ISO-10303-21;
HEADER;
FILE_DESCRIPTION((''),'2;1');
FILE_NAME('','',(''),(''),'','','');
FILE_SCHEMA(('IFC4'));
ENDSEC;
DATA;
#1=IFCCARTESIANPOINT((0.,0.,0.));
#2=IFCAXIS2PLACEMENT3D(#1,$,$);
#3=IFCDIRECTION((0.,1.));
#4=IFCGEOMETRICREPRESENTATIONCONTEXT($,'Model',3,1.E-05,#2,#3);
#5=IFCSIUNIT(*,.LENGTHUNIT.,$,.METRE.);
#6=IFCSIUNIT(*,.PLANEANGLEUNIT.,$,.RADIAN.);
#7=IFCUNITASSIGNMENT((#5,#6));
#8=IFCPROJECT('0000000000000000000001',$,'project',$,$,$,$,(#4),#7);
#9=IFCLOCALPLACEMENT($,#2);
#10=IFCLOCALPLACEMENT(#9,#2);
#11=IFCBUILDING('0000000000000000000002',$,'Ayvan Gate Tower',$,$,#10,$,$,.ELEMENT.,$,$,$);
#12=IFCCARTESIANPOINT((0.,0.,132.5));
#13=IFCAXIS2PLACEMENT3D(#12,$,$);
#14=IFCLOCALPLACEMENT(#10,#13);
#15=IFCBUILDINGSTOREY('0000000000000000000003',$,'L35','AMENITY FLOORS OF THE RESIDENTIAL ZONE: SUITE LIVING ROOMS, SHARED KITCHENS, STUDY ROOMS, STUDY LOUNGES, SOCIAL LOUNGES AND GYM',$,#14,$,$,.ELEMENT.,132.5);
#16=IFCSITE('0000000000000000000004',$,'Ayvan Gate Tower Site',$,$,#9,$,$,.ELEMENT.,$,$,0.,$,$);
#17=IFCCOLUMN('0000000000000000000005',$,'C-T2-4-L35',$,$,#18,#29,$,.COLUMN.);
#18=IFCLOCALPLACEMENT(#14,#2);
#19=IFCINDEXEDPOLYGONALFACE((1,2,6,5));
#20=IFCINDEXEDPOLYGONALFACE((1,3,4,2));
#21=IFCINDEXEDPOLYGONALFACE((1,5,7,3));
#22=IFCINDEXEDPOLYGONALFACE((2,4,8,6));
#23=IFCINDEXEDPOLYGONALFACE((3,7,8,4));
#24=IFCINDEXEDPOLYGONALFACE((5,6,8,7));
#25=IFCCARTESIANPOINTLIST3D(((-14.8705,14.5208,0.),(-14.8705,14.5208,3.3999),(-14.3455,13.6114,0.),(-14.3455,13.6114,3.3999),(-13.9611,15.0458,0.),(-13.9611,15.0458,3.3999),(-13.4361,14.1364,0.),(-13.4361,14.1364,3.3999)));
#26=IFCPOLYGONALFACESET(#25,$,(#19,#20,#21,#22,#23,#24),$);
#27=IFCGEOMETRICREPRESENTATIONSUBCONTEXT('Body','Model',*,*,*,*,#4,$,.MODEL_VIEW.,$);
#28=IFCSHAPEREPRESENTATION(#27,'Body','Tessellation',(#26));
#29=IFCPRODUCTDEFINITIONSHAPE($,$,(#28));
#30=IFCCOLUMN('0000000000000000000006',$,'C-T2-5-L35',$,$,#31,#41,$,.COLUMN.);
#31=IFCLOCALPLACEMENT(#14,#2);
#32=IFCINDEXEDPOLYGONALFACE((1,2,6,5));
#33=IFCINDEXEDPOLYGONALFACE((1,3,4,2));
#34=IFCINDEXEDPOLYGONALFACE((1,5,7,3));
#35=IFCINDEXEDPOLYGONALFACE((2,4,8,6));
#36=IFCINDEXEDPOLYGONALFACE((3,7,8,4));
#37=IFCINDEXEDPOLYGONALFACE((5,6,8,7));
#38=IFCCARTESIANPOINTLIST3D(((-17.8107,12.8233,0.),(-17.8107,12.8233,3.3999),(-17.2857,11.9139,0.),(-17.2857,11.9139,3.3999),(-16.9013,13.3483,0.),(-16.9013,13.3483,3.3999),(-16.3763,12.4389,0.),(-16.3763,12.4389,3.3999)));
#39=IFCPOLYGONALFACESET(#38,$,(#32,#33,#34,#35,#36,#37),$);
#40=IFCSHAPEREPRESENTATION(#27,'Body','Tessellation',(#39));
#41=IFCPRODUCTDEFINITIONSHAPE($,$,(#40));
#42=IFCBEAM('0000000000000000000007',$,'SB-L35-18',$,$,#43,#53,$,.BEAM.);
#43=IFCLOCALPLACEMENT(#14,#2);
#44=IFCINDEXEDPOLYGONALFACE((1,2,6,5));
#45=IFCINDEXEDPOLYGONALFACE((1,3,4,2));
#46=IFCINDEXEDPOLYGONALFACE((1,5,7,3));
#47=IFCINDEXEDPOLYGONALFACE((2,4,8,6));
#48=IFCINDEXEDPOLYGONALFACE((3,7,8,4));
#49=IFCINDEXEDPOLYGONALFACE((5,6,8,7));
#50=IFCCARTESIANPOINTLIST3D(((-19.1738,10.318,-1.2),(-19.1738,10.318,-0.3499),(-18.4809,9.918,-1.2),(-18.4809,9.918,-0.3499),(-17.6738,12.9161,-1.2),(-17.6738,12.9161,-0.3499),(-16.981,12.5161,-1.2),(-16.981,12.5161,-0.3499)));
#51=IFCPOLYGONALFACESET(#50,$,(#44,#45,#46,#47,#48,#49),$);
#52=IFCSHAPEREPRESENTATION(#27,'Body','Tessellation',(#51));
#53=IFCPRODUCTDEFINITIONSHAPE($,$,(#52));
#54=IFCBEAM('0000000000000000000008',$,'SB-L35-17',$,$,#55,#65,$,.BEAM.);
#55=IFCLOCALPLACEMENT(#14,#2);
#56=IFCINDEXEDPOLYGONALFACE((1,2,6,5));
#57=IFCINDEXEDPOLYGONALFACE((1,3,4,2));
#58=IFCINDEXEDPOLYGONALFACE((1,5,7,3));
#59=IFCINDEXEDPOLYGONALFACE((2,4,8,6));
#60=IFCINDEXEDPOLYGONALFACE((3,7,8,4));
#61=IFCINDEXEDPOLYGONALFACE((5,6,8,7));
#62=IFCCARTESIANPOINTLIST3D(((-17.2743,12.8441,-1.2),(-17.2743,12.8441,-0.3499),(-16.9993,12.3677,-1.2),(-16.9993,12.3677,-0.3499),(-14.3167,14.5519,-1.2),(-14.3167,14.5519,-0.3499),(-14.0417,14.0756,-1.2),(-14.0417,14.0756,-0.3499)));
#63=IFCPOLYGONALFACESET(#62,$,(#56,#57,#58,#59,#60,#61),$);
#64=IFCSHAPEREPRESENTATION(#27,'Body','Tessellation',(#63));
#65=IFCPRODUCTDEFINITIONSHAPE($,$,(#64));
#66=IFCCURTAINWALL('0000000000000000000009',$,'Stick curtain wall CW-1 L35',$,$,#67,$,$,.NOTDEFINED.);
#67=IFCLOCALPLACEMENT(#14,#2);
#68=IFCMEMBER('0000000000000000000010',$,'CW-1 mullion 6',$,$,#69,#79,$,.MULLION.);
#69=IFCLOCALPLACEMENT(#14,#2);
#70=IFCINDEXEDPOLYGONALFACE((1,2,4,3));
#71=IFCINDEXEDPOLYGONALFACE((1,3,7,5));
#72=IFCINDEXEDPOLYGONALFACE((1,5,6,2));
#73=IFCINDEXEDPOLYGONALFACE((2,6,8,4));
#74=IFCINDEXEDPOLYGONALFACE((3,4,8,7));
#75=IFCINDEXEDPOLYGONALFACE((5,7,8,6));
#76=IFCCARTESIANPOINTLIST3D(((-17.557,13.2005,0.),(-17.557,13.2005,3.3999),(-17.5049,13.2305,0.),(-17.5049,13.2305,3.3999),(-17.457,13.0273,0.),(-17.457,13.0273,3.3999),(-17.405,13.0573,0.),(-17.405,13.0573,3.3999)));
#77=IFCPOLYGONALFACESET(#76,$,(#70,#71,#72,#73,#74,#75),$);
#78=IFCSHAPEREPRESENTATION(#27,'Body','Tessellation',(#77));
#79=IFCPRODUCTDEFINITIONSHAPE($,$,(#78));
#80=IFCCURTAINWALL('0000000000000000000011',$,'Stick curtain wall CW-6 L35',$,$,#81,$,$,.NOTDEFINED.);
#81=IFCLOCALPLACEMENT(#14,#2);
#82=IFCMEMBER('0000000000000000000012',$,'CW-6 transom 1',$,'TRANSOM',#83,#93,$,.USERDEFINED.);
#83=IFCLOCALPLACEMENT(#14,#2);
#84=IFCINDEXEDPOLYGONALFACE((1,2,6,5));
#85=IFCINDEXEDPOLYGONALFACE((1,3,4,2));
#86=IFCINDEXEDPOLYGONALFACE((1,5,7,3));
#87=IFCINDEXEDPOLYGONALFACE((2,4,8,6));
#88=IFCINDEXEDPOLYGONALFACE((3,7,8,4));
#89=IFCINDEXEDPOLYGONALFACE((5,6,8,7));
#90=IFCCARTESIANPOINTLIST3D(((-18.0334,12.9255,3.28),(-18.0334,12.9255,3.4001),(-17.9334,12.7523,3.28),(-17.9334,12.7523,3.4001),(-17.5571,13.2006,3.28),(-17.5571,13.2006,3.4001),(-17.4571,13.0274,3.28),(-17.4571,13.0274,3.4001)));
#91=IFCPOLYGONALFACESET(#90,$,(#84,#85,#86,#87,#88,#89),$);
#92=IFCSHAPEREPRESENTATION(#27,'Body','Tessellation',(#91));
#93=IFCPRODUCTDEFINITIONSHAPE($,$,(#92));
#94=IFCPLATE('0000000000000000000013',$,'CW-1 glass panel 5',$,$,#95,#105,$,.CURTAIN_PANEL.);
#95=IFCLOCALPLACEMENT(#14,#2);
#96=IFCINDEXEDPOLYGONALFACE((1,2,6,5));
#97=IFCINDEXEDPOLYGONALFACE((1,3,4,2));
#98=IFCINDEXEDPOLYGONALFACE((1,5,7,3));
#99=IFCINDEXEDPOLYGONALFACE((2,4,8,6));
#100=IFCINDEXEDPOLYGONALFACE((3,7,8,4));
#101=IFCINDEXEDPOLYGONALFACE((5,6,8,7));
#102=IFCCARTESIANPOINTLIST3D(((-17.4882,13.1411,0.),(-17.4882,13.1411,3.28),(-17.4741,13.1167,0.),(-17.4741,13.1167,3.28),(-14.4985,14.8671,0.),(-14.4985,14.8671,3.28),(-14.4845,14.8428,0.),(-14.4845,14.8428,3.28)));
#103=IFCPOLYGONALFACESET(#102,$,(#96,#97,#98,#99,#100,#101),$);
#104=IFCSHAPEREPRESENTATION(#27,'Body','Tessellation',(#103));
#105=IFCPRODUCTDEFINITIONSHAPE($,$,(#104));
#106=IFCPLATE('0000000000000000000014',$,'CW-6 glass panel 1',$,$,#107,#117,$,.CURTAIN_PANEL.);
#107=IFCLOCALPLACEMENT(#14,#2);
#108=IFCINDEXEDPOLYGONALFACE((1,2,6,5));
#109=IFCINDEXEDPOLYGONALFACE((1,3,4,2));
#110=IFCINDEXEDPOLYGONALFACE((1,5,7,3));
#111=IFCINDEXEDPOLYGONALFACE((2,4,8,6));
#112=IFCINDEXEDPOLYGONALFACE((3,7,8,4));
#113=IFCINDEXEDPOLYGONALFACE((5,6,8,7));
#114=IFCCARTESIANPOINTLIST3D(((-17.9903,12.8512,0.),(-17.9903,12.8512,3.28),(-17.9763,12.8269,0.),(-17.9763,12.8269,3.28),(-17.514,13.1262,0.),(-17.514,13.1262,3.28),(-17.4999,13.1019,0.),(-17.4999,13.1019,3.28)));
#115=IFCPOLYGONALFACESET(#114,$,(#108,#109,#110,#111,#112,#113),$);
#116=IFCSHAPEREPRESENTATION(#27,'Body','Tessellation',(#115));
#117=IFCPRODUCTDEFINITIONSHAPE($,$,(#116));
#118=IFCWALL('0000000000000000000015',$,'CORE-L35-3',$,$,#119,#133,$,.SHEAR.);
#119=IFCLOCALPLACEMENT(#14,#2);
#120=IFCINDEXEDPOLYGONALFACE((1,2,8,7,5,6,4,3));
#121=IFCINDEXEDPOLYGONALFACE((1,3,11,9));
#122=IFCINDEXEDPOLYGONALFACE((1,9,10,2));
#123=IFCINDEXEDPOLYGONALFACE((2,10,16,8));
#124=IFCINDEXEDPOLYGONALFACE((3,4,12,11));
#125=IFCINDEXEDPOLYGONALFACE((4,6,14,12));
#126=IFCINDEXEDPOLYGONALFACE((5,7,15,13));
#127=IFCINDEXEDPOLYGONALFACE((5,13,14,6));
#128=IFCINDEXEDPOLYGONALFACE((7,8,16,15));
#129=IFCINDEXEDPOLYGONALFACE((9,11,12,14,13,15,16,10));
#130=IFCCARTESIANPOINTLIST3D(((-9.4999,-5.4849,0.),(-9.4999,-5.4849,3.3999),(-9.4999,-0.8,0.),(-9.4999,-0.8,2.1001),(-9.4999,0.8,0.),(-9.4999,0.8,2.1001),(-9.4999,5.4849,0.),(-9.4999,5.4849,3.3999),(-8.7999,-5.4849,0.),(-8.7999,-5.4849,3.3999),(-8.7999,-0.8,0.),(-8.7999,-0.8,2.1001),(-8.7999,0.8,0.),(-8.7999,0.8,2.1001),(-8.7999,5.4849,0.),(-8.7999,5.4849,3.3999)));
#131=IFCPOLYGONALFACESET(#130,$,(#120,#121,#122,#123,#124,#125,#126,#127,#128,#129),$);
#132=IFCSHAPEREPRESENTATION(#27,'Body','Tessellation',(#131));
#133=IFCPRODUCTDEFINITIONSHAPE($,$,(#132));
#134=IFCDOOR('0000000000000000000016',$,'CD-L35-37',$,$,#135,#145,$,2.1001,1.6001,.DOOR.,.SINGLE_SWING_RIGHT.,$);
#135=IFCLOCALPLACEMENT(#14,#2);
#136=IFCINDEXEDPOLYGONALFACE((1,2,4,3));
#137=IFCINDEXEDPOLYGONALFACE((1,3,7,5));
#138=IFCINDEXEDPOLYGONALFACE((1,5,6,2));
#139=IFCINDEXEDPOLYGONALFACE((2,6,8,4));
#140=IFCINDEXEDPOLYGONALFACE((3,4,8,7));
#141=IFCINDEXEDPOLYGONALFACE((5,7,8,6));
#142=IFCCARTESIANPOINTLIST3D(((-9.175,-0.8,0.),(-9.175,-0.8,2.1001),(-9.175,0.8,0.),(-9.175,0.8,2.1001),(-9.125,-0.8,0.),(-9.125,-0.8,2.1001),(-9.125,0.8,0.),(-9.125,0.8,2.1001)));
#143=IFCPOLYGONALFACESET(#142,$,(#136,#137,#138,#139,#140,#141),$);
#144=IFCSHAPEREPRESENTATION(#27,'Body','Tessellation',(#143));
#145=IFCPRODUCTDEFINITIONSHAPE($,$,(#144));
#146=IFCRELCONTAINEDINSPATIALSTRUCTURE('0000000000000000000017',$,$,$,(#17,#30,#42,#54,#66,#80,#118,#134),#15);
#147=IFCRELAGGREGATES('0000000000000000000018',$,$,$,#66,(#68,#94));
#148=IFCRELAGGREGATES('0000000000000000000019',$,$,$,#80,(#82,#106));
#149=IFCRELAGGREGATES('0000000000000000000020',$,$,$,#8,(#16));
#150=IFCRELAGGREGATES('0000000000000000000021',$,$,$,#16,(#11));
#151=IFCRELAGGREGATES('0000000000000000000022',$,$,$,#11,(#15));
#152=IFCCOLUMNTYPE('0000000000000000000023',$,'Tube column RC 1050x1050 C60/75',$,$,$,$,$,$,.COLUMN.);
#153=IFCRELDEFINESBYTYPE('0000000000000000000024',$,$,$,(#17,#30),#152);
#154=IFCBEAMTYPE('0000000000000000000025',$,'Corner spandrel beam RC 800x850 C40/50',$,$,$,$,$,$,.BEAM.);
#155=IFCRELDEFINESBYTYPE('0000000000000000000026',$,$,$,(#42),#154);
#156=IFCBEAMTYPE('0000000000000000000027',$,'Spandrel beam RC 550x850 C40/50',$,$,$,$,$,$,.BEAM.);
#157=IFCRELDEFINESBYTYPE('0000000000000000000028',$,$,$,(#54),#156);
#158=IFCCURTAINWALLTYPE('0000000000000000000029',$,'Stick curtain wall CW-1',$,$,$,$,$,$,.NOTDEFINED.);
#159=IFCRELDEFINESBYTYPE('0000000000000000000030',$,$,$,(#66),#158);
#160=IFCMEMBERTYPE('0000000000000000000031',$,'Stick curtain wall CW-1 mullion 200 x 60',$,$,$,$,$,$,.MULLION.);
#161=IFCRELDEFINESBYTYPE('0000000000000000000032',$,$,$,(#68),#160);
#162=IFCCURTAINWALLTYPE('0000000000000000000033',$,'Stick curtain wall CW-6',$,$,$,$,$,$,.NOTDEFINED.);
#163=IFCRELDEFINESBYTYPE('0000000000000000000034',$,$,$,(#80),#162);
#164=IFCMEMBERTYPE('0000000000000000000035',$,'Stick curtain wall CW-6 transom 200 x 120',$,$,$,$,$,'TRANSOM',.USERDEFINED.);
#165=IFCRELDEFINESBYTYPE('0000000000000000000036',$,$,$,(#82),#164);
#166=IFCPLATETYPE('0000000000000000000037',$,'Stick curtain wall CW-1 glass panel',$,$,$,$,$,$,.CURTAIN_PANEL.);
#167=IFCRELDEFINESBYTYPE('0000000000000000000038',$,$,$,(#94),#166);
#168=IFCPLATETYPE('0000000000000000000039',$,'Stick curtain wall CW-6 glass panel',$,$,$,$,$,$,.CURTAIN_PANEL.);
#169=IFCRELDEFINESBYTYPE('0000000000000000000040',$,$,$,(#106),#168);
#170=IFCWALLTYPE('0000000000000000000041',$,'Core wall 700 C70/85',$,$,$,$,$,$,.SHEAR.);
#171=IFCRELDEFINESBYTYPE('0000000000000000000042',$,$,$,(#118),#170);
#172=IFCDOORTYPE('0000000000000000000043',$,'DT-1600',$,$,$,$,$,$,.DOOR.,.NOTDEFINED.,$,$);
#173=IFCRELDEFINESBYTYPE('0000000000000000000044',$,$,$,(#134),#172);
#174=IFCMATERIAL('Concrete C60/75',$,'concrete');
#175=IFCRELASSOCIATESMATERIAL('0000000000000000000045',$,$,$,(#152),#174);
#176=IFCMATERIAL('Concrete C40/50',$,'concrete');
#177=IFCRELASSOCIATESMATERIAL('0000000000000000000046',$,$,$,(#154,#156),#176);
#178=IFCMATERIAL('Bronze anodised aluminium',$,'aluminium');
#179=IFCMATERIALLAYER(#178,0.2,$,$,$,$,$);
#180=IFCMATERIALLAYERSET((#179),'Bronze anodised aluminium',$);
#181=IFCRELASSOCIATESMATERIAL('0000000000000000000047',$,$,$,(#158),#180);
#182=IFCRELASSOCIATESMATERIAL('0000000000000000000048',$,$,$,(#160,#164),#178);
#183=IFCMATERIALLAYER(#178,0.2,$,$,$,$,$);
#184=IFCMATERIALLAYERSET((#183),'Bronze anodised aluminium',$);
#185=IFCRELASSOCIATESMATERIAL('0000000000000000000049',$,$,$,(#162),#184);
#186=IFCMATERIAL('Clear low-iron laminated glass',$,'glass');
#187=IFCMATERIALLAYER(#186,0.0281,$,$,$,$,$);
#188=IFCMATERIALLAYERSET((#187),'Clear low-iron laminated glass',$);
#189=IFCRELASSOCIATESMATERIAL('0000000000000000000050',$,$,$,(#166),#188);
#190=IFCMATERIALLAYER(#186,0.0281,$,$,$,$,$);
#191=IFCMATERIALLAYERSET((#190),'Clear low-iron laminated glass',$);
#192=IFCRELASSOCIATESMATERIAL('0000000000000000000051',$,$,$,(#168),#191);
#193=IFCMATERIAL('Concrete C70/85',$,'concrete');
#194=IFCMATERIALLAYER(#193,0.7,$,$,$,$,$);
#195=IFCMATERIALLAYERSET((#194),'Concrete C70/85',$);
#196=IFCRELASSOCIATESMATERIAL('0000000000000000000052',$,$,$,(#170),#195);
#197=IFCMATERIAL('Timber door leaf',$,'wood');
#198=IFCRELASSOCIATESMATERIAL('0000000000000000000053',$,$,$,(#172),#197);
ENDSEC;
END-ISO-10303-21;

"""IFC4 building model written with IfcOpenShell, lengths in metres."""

from ifc_helpers import new_model, si_unit, direction, frame, frame_2d, origin, origin_2d, place, context, subcontext, project, spatial, rectangle, extrude, material, layer, layer_set, material_profile, profile_set, type_object, element, fill, aggregate, save


model = new_model("IFC4")

# Units and contexts
model_context = context("Model", 3, precision=1e-05, world=origin(), true_north=direction((0.0, 1.0)))
body_context = subcontext(model_context, "Body", "Model", "MODEL_VIEW")
ifc_project = project(units=[si_unit("LENGTHUNIT", "METRE"), si_unit("PLANEANGLEUNIT", "RADIAN")], contexts=[model_context])

# Site, building, storey
site_placement = place(None, origin())
site = spatial("IfcSite", under=ifc_project, at=site_placement, Name="Ayvan Gate Tower Site", CompositionType="ELEMENT", RefElevation=0.0)
building_placement = place(site_placement, origin())
building = spatial("IfcBuilding", under=site, at=building_placement, Name="Ayvan Gate Tower", CompositionType="ELEMENT")
storey_placement = place(building_placement, frame((0.0, 0.0, 132.5)))
storey = spatial("IfcBuildingStorey", under=building, at=storey_placement, Name="L35", Description="AMENITY FLOORS OF THE RESIDENTIAL ZONE: SUITE LIVING ROOMS, SHARED KITCHENS, STUDY ROOMS, STUDY LOUNGES, SOCIAL LOUNGES AND GYM", CompositionType="ELEMENT", Elevation=132.5)

# Columns
ifc_material_1 = material(Name="Concrete C60/75", Category="concrete")
ifc_material_profile_1 = material_profile(ifc_material_1, rectangle(XDim=1.05, YDim=1.05, at=origin_2d()), Name="RC 1050x1050")
ifc_profile_set_1 = profile_set([ifc_material_profile_1], Name="Concrete C60/75")
column_type = type_object("IfcColumnType", Name="Tube column RC 1050x1050 C60/75", PredefinedType="COLUMN", material=ifc_profile_set_1)
for number, where, z_axis, x_axis, name in (
    (1, (-14.1533, 14.3286, 0.0), (0.0, 0.0, 1.0), (-0.5, 0.866025, 0.0), "C-T2-4-L35"),
    (2, (-17.0935, 12.6311, 0.0), (0.0, 0.0, 1.0), (-0.5, 0.866025, 0.0), "C-T2-5-L35"),
):
    element("IfcColumn", number, at=place(storey_placement, frame(where, z_axis=z_axis, x_axis=x_axis)), inside=storey, type_object=column_type, Name=name, PredefinedType="COLUMN", context=body_context, shape_type="SweptSolid", body=[
        extrude(rectangle(XDim=1.05, YDim=1.05, at=origin_2d()), origin(), (0.0, 0.0, 1.0), 3.3999),
    ])

# Beams
ifc_material_2 = material(Name="Concrete C40/50", Category="concrete")
ifc_material_profile_2 = material_profile(ifc_material_2, rectangle(XDim=0.8, YDim=0.8501, at=origin_2d()), Name="RC 800x850")
ifc_profile_set_2 = profile_set([ifc_material_profile_2], Name="Concrete C40/50")
beam_type_1 = type_object("IfcBeamType", Name="Corner spandrel beam RC 800x850 C40/50", PredefinedType="BEAM", material=ifc_profile_set_2)
beam_1_placement = place(storey_placement, frame((-17.3274, 12.7161, -0.7749), z_axis=(-0.49999, -0.866031, 0.0), x_axis=(0.866031, -0.49999, 0.0)))
element("IfcBeam", 3, at=beam_1_placement, inside=storey, type_object=beam_type_1, Name="SB-L35-18", PredefinedType="BEAM", context=body_context, shape_type="SweptSolid", body=[
    extrude(rectangle(XDim=0.8, YDim=0.8501, at=origin_2d()), origin(), (0.0, 0.0, 1.0), 3.0),
])
ifc_material_profile_3 = material_profile(ifc_material_2, rectangle(XDim=0.55, YDim=0.8501, at=origin_2d()), Name="RC 550x850")
ifc_profile_set_3 = profile_set([ifc_material_profile_3], Name="Concrete C40/50")
beam_type_2 = type_object("IfcBeamType", Name="Spandrel beam RC 550x850 C40/50", PredefinedType="BEAM", material=ifc_profile_set_3)
beam_2_placement = place(storey_placement, frame((-14.1792, 14.3137, -0.7749), z_axis=(-0.865995, -0.500052, 0.0), x_axis=(0.500052, -0.865995, 0.0)))
element("IfcBeam", 4, at=beam_2_placement, inside=storey, type_object=beam_type_2, Name="SB-L35-17", PredefinedType="BEAM", context=body_context, shape_type="SweptSolid", body=[
    extrude(rectangle(XDim=0.55, YDim=0.8501, at=origin_2d()), origin(), (0.0, 0.0, 1.0), 3.4153),
])

# Curtain walls, members
ifc_material_3 = material(Name="Bronze anodised aluminium", Category="aluminium")
ifc_layer_1 = layer(ifc_material_3, 0.2)
ifc_layer_set_1 = layer_set([ifc_layer_1], Name="Bronze anodised aluminium")
curtain_wall_type_1 = type_object("IfcCurtainWallType", Name="Stick curtain wall CW-1", PredefinedType="NOTDEFINED", material=ifc_layer_set_1)
curtain_wall_1_placement = place(storey_placement, origin())
curtain_wall_1 = element("IfcCurtainWall", 5, at=curtain_wall_1_placement, inside=storey, type_object=curtain_wall_type_1, Name="Stick curtain wall CW-1 L35", PredefinedType="NOTDEFINED")
ifc_material_profile_4 = material_profile(ifc_material_3, rectangle(XDim=0.2, YDim=0.0601, at=origin_2d()), Name="Stick curtain wall CW-1 mullion 200 x 60")
ifc_profile_set_4 = profile_set([ifc_material_profile_4], Name="Bronze anodised aluminium")
member_type_1 = type_object("IfcMemberType", Name="Stick curtain wall CW-1 mullion 200 x 60", PredefinedType="MULLION", material=ifc_profile_set_4)
member_1_placement = place(storey_placement, frame((-17.481, 13.1289, 0.0), z_axis=(0.0, 0.0, 1.0), x_axis=(-0.5, 0.866025, 0.0)))
member_1 = element("IfcMember", 6, at=member_1_placement, type_object=member_type_1, Name="CW-1 mullion 6", PredefinedType="MULLION", context=body_context, shape_type="SweptSolid", body=[
    extrude(rectangle(XDim=0.2, YDim=0.0601, at=origin_2d()), origin(), (0.0, 0.0, 1.0), 3.3999),
])
ifc_layer_2 = layer(ifc_material_3, 0.2)
ifc_layer_set_2 = layer_set([ifc_layer_2], Name="Bronze anodised aluminium")
curtain_wall_type_2 = type_object("IfcCurtainWallType", Name="Stick curtain wall CW-6", PredefinedType="NOTDEFINED", material=ifc_layer_set_2)
curtain_wall_2_placement = place(storey_placement, origin())
curtain_wall_2 = element("IfcCurtainWall", 7, at=curtain_wall_2_placement, inside=storey, type_object=curtain_wall_type_2, Name="Stick curtain wall CW-6 L35", PredefinedType="NOTDEFINED")
ifc_material_profile_5 = material_profile(ifc_material_3, rectangle(XDim=0.2, YDim=0.1201, at=origin_2d()), Name="Stick curtain wall CW-6 transom 200 x 120")
ifc_profile_set_5 = profile_set([ifc_material_profile_5], Name="Bronze anodised aluminium")
member_type_2 = type_object("IfcMemberType", Name="Stick curtain wall CW-6 transom 200 x 120", ElementType="TRANSOM", PredefinedType="USERDEFINED", material=ifc_profile_set_5)
member_2_placement = place(storey_placement, frame((-17.5071, 13.114, 3.3401), z_axis=(-0.865912, -0.500196, 0.0), x_axis=(0.500196, -0.865912, 0.0)))
member_2 = element("IfcMember", 8, at=member_2_placement, type_object=member_type_2, Name="CW-6 transom 1", ObjectType="TRANSOM", PredefinedType="USERDEFINED", context=body_context, shape_type="SweptSolid", body=[
    extrude(rectangle(XDim=0.2, YDim=0.1201, at=origin_2d()), origin(), (0.0, 0.0, 1.0), 0.55),
])

# Plates
ifc_material_4 = material(Name="Clear low-iron laminated glass", Category="glass")
ifc_layer_3 = layer(ifc_material_4, 0.0281)
ifc_layer_set_3 = layer_set([ifc_layer_3], Name="Clear low-iron laminated glass")
plate_type_1 = type_object("IfcPlateType", Name="Stick curtain wall CW-1 glass panel", PredefinedType="CURTAIN_PANEL", material=ifc_layer_set_3)
plate_1_placement = place(storey_placement, frame((-15.9863, 13.9919, 0.0), z_axis=(0.0, 0.0, 1.0), x_axis=(-0.866025, -0.5, 0.0)))
plate_1 = element("IfcPlate", 9, at=plate_1_placement, type_object=plate_type_1, Name="CW-1 glass panel 5", PredefinedType="CURTAIN_PANEL", context=body_context, shape_type="SweptSolid", body=[
    extrude(rectangle(XDim=3.4521, YDim=0.0281, at=origin_2d()), origin(), (0.0, 0.0, 1.0), 3.28),
])
aggregate(curtain_wall_1, [member_1, plate_1])
ifc_layer_4 = layer(ifc_material_4, 0.0281)
ifc_layer_set_4 = layer_set([ifc_layer_4], Name="Clear low-iron laminated glass")
plate_type_2 = type_object("IfcPlateType", Name="Stick curtain wall CW-6 glass panel", PredefinedType="CURTAIN_PANEL", material=ifc_layer_set_4)
plate_2_placement = place(storey_placement, frame((-17.7451, 12.9766, 0.0), z_axis=(0.0, 0.0, 1.0), x_axis=(-0.866025, -0.5, 0.0)))
plate_2 = element("IfcPlate", 10, at=plate_2_placement, type_object=plate_type_2, Name="CW-6 glass panel 1", PredefinedType="CURTAIN_PANEL", context=body_context, shape_type="SweptSolid", body=[
    extrude(rectangle(XDim=0.55, YDim=0.0281, at=origin_2d()), origin(), (0.0, 0.0, 1.0), 3.28),
])
aggregate(curtain_wall_2, [member_2, plate_2])

# Wall, opening, door
ifc_material_5 = material(Name="Concrete C70/85", Category="concrete")
ifc_layer_5 = layer(ifc_material_5, 0.7)
ifc_layer_set_5 = layer_set([ifc_layer_5], Name="Concrete C70/85")
wall_type_1 = type_object("IfcWallType", Name="Core wall 700 C70/85", PredefinedType="SHEAR", material=ifc_layer_set_5)
wall_1_placement = place(storey_placement, frame((-9.1499, 5.4849, 0.0), z_axis=(0.0, 0.0, 1.0), x_axis=(0.0, -1.0, 0.0)))
wall_1 = element("IfcWall", 11, at=wall_1_placement, inside=storey, type_object=wall_type_1, Name="CORE-L35-3", PredefinedType="SHEAR", context=body_context, shape_type="SweptSolid", body=[
    extrude(rectangle(XDim=10.9697, YDim=0.7, at=frame_2d((5.4849, 0.0))), origin(), (0.0, 0.0, 1.0), 3.3999),
])
opening_1_placement = place(wall_1_placement, frame((4.6848, 0.0, 0.0)))
opening_1 = element("IfcOpeningElement", 12, at=opening_1_placement, cuts=wall_1, PredefinedType="OPENING", context=body_context, shape_type="SweptSolid", body=[
    extrude(rectangle(XDim=1.6001, YDim=2.1001, at=frame_2d((0.8, 1.05))), frame((0.0, 0.3599, 0.0), z_axis=(0.0, -1.0, 0.0), x_axis=(1.0, 0.0, 0.0)), (0.0, 0.0, 1.0), 0.72),
])
ifc_material_6 = material(Name="Timber door leaf", Category="wood")
door_type_1 = type_object("IfcDoorType", Name="DT-1600", OperationType="NOTDEFINED", PredefinedType="DOOR", material=ifc_material_6)
door_1_placement = place(opening_1_placement, origin())
door_1 = element("IfcDoor", 13, at=door_1_placement, inside=storey, type_object=door_type_1, Name="CD-L35-37", OperationType="SINGLE_SWING_RIGHT", OverallHeight=2.1001, OverallWidth=1.6001, PredefinedType="DOOR", context=body_context, shape_type="SweptSolid", body=[
    extrude(rectangle(XDim=1.6001, YDim=2.1001, at=frame_2d((0.8, 1.05))), frame((0.0, 0.0249, 0.0), z_axis=(0.0, -1.0, 0.0), x_axis=(1.0, 0.0, 0.0)), (0.0, 0.0, 1.0), 0.05),
])
fill(opening_1, door_1)

save(model, "model.ifc")
